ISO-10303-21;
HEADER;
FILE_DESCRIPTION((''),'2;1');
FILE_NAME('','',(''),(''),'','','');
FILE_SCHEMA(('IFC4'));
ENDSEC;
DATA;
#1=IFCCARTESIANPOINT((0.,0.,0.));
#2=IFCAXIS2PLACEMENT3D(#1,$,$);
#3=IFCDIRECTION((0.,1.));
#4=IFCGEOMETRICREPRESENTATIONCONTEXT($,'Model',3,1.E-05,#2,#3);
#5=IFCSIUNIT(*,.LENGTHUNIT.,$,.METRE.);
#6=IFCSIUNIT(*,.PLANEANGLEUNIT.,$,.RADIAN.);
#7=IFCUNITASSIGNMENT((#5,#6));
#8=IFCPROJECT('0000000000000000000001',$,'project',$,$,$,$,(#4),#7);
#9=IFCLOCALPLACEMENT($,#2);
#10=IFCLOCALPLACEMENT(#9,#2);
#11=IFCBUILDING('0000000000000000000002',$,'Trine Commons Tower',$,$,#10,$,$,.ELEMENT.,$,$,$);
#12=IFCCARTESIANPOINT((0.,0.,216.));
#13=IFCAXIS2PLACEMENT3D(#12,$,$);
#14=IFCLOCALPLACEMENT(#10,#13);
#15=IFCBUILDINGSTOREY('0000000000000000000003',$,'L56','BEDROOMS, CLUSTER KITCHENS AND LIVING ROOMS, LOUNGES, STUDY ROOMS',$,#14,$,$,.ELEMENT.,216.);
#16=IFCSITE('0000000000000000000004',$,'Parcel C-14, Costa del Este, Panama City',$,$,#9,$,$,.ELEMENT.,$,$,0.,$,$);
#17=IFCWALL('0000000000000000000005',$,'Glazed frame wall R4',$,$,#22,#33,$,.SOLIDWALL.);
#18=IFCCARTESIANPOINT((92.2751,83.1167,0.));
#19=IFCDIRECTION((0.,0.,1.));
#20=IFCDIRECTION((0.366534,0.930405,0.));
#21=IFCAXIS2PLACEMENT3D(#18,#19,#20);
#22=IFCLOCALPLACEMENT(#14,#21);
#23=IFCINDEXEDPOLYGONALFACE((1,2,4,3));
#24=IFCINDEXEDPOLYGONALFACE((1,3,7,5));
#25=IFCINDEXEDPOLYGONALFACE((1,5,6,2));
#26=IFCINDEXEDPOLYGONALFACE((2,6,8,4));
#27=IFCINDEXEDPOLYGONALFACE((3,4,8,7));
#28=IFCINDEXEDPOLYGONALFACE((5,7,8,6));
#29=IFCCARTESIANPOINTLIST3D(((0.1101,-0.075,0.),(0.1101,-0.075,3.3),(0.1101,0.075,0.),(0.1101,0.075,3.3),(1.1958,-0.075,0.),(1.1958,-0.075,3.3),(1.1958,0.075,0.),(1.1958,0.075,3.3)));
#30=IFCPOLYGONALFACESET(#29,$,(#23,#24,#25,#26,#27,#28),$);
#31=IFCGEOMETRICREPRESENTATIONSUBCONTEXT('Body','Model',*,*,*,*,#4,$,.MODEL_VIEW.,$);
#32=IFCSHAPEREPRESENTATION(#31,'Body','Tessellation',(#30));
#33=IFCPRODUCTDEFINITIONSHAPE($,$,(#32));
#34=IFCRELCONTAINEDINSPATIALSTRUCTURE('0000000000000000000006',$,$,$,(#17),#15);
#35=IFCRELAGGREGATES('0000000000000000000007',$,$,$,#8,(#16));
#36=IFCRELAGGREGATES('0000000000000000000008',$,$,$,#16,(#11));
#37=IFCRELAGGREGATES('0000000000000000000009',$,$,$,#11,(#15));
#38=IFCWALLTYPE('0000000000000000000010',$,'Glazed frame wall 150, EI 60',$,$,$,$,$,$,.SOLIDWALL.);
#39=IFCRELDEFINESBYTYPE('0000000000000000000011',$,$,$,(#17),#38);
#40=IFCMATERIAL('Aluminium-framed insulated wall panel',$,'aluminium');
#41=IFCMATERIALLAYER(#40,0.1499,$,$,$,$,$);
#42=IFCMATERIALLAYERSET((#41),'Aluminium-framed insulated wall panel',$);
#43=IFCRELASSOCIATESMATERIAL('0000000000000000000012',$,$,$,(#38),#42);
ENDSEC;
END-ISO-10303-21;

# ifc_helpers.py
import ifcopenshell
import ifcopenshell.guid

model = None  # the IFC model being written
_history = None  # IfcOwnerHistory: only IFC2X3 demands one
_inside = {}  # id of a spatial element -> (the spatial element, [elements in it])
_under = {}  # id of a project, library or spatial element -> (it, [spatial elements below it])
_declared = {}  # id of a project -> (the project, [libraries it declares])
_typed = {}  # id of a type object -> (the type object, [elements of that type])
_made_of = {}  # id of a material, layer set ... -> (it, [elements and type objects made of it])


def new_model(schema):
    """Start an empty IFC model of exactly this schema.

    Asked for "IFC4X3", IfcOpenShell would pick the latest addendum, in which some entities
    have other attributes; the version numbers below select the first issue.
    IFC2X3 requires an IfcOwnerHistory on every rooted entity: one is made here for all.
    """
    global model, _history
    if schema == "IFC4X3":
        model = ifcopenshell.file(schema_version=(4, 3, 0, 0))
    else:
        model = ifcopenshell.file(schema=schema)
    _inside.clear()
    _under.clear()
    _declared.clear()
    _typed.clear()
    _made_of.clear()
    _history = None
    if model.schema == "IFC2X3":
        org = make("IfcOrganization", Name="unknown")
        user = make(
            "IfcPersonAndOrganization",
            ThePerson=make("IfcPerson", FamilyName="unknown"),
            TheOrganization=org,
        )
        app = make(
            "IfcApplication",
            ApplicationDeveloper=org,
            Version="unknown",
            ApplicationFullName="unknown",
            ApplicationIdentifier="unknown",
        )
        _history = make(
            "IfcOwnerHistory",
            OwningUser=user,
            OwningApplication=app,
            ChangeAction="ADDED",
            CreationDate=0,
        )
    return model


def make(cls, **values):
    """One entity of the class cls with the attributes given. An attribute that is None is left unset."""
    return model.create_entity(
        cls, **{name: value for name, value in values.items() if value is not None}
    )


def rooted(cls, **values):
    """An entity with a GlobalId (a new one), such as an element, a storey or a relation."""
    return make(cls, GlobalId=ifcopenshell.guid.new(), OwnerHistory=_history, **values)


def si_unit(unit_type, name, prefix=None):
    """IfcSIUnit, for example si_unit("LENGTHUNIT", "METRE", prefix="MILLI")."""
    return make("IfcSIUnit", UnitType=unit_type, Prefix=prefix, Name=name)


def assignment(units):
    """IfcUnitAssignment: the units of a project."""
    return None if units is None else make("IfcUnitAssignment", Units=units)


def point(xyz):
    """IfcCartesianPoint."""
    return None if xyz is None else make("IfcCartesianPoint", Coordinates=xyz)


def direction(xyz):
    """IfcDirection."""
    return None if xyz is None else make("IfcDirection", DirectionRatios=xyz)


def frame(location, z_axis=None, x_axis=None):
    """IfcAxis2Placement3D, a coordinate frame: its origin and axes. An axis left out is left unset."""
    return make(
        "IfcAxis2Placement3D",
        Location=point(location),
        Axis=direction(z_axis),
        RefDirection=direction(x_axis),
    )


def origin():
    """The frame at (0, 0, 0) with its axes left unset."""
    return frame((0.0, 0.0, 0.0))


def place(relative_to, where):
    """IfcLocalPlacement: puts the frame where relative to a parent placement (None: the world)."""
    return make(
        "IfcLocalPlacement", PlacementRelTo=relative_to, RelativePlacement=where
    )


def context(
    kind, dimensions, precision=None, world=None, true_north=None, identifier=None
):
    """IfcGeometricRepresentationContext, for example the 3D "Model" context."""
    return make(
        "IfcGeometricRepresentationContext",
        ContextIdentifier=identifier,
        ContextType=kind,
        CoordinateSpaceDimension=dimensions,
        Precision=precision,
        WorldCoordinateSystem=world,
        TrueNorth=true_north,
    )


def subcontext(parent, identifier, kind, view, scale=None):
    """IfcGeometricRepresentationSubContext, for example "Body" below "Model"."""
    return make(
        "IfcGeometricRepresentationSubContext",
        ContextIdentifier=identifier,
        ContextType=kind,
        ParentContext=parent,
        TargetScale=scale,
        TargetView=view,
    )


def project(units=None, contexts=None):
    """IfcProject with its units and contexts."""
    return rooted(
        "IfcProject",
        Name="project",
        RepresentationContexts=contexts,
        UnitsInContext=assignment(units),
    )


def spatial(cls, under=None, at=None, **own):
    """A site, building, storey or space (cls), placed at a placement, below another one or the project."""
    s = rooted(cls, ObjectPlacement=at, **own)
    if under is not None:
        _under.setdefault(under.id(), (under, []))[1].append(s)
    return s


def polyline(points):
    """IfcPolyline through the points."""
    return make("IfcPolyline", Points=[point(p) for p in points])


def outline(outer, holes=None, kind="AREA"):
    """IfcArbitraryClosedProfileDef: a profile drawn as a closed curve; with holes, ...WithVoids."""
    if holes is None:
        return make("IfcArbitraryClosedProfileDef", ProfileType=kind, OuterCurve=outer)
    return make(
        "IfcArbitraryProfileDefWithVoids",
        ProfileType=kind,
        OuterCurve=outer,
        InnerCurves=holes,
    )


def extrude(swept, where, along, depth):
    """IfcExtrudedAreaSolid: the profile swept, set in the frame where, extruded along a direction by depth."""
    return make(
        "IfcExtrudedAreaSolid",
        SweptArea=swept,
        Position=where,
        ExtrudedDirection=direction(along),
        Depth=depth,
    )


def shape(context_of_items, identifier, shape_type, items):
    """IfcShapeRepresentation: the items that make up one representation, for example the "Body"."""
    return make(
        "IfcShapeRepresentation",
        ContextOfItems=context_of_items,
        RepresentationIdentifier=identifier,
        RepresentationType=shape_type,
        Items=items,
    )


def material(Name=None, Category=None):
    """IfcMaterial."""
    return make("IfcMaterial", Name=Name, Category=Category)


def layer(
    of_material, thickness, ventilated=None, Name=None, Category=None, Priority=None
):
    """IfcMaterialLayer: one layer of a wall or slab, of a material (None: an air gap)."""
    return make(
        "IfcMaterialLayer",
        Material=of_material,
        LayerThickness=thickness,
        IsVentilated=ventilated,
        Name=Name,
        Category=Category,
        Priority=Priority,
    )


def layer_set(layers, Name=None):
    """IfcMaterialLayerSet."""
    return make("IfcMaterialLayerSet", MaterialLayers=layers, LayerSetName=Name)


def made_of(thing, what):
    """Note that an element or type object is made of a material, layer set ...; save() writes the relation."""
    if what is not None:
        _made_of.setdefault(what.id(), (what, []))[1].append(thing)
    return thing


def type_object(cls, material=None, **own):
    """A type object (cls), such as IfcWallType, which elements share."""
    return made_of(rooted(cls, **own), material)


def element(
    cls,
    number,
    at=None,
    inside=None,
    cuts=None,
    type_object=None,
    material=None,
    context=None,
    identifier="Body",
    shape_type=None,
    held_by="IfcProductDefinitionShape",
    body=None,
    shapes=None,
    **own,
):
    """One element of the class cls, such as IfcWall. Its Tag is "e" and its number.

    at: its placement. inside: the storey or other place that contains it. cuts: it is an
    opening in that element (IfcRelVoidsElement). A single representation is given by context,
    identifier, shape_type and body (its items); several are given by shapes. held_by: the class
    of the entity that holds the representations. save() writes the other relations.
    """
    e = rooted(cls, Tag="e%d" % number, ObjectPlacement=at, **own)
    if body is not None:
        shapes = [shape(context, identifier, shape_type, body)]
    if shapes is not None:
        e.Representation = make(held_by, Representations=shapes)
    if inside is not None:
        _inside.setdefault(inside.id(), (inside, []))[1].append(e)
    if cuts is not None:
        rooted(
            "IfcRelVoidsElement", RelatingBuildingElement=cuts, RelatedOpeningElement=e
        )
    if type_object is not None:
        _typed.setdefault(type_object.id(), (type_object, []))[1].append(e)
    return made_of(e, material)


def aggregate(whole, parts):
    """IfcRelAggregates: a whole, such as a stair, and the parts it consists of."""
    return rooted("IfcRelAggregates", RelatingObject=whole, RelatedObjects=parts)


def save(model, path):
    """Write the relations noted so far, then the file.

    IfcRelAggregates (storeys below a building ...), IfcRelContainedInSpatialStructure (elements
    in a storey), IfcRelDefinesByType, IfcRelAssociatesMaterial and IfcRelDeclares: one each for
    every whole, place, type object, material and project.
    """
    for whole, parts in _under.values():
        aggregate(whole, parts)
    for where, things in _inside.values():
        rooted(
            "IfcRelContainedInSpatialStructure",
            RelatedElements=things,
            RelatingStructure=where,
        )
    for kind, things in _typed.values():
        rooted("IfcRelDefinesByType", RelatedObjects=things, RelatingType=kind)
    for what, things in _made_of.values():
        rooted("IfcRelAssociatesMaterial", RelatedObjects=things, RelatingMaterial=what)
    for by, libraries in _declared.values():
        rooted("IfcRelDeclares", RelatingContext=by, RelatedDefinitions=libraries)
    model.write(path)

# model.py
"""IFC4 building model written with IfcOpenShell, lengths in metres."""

from ifc_helpers import new_model, si_unit, direction, frame, origin, place, context, subcontext, project, spatial, polyline, outline, extrude, material, layer, layer_set, type_object, element, save


model = new_model("IFC4")

# Units and contexts
model_context = context("Model", 3, precision=1e-05, world=origin(), true_north=direction((0.0, 1.0)))
body_context = subcontext(model_context, "Body", "Model", "MODEL_VIEW")
ifc_project = project(units=[si_unit("LENGTHUNIT", "METRE"), si_unit("PLANEANGLEUNIT", "RADIAN")], contexts=[model_context])

# Site, building, storey
site_placement = place(None, origin())
site = spatial("IfcSite", under=ifc_project, at=site_placement, Name="Parcel C-14, Costa del Este, Panama City", CompositionType="ELEMENT", RefElevation=0.0)
building_placement = place(site_placement, origin())
building = spatial("IfcBuilding", under=site, at=building_placement, Name="Trine Commons Tower", CompositionType="ELEMENT")
storey_placement = place(building_placement, frame((0.0, 0.0, 216.0)))
storey = spatial("IfcBuildingStorey", under=building, at=storey_placement, Name="L56", Description="BEDROOMS, CLUSTER KITCHENS AND LIVING ROOMS, LOUNGES, STUDY ROOMS", CompositionType="ELEMENT", Elevation=216.0)

# Shared definitions
ifc_material_1 = material(Name="Aluminium-framed insulated wall panel", Category="aluminium")
ifc_layer_1 = layer(ifc_material_1, 0.1499)
ifc_layer_set_1 = layer_set([ifc_layer_1], Name="Aluminium-framed insulated wall panel")
wall_type_1 = type_object("IfcWallType", Name="Glazed frame wall 150, EI 60", PredefinedType="SOLIDWALL", material=ifc_layer_set_1)

# Wall
wall_1_placement = place(storey_placement, frame((92.2751, 83.1167, 0.0), z_axis=(0.0, 0.0, 1.0), x_axis=(0.366534, 0.930405, 0.0)))
element("IfcWall", 1, at=wall_1_placement, inside=storey, type_object=wall_type_1, Name="Glazed frame wall R4", PredefinedType="SOLIDWALL", context=body_context, shape_type="SweptSolid", body=[
    extrude(outline(polyline([(0.1101, 0.075), (0.1101, -0.075), (1.1958, -0.075), (1.1958, 0.075), (0.1101, 0.075)])), origin(), (0.0, 0.0, 1.0), 3.3),
])

save(model, "model.ifc")
